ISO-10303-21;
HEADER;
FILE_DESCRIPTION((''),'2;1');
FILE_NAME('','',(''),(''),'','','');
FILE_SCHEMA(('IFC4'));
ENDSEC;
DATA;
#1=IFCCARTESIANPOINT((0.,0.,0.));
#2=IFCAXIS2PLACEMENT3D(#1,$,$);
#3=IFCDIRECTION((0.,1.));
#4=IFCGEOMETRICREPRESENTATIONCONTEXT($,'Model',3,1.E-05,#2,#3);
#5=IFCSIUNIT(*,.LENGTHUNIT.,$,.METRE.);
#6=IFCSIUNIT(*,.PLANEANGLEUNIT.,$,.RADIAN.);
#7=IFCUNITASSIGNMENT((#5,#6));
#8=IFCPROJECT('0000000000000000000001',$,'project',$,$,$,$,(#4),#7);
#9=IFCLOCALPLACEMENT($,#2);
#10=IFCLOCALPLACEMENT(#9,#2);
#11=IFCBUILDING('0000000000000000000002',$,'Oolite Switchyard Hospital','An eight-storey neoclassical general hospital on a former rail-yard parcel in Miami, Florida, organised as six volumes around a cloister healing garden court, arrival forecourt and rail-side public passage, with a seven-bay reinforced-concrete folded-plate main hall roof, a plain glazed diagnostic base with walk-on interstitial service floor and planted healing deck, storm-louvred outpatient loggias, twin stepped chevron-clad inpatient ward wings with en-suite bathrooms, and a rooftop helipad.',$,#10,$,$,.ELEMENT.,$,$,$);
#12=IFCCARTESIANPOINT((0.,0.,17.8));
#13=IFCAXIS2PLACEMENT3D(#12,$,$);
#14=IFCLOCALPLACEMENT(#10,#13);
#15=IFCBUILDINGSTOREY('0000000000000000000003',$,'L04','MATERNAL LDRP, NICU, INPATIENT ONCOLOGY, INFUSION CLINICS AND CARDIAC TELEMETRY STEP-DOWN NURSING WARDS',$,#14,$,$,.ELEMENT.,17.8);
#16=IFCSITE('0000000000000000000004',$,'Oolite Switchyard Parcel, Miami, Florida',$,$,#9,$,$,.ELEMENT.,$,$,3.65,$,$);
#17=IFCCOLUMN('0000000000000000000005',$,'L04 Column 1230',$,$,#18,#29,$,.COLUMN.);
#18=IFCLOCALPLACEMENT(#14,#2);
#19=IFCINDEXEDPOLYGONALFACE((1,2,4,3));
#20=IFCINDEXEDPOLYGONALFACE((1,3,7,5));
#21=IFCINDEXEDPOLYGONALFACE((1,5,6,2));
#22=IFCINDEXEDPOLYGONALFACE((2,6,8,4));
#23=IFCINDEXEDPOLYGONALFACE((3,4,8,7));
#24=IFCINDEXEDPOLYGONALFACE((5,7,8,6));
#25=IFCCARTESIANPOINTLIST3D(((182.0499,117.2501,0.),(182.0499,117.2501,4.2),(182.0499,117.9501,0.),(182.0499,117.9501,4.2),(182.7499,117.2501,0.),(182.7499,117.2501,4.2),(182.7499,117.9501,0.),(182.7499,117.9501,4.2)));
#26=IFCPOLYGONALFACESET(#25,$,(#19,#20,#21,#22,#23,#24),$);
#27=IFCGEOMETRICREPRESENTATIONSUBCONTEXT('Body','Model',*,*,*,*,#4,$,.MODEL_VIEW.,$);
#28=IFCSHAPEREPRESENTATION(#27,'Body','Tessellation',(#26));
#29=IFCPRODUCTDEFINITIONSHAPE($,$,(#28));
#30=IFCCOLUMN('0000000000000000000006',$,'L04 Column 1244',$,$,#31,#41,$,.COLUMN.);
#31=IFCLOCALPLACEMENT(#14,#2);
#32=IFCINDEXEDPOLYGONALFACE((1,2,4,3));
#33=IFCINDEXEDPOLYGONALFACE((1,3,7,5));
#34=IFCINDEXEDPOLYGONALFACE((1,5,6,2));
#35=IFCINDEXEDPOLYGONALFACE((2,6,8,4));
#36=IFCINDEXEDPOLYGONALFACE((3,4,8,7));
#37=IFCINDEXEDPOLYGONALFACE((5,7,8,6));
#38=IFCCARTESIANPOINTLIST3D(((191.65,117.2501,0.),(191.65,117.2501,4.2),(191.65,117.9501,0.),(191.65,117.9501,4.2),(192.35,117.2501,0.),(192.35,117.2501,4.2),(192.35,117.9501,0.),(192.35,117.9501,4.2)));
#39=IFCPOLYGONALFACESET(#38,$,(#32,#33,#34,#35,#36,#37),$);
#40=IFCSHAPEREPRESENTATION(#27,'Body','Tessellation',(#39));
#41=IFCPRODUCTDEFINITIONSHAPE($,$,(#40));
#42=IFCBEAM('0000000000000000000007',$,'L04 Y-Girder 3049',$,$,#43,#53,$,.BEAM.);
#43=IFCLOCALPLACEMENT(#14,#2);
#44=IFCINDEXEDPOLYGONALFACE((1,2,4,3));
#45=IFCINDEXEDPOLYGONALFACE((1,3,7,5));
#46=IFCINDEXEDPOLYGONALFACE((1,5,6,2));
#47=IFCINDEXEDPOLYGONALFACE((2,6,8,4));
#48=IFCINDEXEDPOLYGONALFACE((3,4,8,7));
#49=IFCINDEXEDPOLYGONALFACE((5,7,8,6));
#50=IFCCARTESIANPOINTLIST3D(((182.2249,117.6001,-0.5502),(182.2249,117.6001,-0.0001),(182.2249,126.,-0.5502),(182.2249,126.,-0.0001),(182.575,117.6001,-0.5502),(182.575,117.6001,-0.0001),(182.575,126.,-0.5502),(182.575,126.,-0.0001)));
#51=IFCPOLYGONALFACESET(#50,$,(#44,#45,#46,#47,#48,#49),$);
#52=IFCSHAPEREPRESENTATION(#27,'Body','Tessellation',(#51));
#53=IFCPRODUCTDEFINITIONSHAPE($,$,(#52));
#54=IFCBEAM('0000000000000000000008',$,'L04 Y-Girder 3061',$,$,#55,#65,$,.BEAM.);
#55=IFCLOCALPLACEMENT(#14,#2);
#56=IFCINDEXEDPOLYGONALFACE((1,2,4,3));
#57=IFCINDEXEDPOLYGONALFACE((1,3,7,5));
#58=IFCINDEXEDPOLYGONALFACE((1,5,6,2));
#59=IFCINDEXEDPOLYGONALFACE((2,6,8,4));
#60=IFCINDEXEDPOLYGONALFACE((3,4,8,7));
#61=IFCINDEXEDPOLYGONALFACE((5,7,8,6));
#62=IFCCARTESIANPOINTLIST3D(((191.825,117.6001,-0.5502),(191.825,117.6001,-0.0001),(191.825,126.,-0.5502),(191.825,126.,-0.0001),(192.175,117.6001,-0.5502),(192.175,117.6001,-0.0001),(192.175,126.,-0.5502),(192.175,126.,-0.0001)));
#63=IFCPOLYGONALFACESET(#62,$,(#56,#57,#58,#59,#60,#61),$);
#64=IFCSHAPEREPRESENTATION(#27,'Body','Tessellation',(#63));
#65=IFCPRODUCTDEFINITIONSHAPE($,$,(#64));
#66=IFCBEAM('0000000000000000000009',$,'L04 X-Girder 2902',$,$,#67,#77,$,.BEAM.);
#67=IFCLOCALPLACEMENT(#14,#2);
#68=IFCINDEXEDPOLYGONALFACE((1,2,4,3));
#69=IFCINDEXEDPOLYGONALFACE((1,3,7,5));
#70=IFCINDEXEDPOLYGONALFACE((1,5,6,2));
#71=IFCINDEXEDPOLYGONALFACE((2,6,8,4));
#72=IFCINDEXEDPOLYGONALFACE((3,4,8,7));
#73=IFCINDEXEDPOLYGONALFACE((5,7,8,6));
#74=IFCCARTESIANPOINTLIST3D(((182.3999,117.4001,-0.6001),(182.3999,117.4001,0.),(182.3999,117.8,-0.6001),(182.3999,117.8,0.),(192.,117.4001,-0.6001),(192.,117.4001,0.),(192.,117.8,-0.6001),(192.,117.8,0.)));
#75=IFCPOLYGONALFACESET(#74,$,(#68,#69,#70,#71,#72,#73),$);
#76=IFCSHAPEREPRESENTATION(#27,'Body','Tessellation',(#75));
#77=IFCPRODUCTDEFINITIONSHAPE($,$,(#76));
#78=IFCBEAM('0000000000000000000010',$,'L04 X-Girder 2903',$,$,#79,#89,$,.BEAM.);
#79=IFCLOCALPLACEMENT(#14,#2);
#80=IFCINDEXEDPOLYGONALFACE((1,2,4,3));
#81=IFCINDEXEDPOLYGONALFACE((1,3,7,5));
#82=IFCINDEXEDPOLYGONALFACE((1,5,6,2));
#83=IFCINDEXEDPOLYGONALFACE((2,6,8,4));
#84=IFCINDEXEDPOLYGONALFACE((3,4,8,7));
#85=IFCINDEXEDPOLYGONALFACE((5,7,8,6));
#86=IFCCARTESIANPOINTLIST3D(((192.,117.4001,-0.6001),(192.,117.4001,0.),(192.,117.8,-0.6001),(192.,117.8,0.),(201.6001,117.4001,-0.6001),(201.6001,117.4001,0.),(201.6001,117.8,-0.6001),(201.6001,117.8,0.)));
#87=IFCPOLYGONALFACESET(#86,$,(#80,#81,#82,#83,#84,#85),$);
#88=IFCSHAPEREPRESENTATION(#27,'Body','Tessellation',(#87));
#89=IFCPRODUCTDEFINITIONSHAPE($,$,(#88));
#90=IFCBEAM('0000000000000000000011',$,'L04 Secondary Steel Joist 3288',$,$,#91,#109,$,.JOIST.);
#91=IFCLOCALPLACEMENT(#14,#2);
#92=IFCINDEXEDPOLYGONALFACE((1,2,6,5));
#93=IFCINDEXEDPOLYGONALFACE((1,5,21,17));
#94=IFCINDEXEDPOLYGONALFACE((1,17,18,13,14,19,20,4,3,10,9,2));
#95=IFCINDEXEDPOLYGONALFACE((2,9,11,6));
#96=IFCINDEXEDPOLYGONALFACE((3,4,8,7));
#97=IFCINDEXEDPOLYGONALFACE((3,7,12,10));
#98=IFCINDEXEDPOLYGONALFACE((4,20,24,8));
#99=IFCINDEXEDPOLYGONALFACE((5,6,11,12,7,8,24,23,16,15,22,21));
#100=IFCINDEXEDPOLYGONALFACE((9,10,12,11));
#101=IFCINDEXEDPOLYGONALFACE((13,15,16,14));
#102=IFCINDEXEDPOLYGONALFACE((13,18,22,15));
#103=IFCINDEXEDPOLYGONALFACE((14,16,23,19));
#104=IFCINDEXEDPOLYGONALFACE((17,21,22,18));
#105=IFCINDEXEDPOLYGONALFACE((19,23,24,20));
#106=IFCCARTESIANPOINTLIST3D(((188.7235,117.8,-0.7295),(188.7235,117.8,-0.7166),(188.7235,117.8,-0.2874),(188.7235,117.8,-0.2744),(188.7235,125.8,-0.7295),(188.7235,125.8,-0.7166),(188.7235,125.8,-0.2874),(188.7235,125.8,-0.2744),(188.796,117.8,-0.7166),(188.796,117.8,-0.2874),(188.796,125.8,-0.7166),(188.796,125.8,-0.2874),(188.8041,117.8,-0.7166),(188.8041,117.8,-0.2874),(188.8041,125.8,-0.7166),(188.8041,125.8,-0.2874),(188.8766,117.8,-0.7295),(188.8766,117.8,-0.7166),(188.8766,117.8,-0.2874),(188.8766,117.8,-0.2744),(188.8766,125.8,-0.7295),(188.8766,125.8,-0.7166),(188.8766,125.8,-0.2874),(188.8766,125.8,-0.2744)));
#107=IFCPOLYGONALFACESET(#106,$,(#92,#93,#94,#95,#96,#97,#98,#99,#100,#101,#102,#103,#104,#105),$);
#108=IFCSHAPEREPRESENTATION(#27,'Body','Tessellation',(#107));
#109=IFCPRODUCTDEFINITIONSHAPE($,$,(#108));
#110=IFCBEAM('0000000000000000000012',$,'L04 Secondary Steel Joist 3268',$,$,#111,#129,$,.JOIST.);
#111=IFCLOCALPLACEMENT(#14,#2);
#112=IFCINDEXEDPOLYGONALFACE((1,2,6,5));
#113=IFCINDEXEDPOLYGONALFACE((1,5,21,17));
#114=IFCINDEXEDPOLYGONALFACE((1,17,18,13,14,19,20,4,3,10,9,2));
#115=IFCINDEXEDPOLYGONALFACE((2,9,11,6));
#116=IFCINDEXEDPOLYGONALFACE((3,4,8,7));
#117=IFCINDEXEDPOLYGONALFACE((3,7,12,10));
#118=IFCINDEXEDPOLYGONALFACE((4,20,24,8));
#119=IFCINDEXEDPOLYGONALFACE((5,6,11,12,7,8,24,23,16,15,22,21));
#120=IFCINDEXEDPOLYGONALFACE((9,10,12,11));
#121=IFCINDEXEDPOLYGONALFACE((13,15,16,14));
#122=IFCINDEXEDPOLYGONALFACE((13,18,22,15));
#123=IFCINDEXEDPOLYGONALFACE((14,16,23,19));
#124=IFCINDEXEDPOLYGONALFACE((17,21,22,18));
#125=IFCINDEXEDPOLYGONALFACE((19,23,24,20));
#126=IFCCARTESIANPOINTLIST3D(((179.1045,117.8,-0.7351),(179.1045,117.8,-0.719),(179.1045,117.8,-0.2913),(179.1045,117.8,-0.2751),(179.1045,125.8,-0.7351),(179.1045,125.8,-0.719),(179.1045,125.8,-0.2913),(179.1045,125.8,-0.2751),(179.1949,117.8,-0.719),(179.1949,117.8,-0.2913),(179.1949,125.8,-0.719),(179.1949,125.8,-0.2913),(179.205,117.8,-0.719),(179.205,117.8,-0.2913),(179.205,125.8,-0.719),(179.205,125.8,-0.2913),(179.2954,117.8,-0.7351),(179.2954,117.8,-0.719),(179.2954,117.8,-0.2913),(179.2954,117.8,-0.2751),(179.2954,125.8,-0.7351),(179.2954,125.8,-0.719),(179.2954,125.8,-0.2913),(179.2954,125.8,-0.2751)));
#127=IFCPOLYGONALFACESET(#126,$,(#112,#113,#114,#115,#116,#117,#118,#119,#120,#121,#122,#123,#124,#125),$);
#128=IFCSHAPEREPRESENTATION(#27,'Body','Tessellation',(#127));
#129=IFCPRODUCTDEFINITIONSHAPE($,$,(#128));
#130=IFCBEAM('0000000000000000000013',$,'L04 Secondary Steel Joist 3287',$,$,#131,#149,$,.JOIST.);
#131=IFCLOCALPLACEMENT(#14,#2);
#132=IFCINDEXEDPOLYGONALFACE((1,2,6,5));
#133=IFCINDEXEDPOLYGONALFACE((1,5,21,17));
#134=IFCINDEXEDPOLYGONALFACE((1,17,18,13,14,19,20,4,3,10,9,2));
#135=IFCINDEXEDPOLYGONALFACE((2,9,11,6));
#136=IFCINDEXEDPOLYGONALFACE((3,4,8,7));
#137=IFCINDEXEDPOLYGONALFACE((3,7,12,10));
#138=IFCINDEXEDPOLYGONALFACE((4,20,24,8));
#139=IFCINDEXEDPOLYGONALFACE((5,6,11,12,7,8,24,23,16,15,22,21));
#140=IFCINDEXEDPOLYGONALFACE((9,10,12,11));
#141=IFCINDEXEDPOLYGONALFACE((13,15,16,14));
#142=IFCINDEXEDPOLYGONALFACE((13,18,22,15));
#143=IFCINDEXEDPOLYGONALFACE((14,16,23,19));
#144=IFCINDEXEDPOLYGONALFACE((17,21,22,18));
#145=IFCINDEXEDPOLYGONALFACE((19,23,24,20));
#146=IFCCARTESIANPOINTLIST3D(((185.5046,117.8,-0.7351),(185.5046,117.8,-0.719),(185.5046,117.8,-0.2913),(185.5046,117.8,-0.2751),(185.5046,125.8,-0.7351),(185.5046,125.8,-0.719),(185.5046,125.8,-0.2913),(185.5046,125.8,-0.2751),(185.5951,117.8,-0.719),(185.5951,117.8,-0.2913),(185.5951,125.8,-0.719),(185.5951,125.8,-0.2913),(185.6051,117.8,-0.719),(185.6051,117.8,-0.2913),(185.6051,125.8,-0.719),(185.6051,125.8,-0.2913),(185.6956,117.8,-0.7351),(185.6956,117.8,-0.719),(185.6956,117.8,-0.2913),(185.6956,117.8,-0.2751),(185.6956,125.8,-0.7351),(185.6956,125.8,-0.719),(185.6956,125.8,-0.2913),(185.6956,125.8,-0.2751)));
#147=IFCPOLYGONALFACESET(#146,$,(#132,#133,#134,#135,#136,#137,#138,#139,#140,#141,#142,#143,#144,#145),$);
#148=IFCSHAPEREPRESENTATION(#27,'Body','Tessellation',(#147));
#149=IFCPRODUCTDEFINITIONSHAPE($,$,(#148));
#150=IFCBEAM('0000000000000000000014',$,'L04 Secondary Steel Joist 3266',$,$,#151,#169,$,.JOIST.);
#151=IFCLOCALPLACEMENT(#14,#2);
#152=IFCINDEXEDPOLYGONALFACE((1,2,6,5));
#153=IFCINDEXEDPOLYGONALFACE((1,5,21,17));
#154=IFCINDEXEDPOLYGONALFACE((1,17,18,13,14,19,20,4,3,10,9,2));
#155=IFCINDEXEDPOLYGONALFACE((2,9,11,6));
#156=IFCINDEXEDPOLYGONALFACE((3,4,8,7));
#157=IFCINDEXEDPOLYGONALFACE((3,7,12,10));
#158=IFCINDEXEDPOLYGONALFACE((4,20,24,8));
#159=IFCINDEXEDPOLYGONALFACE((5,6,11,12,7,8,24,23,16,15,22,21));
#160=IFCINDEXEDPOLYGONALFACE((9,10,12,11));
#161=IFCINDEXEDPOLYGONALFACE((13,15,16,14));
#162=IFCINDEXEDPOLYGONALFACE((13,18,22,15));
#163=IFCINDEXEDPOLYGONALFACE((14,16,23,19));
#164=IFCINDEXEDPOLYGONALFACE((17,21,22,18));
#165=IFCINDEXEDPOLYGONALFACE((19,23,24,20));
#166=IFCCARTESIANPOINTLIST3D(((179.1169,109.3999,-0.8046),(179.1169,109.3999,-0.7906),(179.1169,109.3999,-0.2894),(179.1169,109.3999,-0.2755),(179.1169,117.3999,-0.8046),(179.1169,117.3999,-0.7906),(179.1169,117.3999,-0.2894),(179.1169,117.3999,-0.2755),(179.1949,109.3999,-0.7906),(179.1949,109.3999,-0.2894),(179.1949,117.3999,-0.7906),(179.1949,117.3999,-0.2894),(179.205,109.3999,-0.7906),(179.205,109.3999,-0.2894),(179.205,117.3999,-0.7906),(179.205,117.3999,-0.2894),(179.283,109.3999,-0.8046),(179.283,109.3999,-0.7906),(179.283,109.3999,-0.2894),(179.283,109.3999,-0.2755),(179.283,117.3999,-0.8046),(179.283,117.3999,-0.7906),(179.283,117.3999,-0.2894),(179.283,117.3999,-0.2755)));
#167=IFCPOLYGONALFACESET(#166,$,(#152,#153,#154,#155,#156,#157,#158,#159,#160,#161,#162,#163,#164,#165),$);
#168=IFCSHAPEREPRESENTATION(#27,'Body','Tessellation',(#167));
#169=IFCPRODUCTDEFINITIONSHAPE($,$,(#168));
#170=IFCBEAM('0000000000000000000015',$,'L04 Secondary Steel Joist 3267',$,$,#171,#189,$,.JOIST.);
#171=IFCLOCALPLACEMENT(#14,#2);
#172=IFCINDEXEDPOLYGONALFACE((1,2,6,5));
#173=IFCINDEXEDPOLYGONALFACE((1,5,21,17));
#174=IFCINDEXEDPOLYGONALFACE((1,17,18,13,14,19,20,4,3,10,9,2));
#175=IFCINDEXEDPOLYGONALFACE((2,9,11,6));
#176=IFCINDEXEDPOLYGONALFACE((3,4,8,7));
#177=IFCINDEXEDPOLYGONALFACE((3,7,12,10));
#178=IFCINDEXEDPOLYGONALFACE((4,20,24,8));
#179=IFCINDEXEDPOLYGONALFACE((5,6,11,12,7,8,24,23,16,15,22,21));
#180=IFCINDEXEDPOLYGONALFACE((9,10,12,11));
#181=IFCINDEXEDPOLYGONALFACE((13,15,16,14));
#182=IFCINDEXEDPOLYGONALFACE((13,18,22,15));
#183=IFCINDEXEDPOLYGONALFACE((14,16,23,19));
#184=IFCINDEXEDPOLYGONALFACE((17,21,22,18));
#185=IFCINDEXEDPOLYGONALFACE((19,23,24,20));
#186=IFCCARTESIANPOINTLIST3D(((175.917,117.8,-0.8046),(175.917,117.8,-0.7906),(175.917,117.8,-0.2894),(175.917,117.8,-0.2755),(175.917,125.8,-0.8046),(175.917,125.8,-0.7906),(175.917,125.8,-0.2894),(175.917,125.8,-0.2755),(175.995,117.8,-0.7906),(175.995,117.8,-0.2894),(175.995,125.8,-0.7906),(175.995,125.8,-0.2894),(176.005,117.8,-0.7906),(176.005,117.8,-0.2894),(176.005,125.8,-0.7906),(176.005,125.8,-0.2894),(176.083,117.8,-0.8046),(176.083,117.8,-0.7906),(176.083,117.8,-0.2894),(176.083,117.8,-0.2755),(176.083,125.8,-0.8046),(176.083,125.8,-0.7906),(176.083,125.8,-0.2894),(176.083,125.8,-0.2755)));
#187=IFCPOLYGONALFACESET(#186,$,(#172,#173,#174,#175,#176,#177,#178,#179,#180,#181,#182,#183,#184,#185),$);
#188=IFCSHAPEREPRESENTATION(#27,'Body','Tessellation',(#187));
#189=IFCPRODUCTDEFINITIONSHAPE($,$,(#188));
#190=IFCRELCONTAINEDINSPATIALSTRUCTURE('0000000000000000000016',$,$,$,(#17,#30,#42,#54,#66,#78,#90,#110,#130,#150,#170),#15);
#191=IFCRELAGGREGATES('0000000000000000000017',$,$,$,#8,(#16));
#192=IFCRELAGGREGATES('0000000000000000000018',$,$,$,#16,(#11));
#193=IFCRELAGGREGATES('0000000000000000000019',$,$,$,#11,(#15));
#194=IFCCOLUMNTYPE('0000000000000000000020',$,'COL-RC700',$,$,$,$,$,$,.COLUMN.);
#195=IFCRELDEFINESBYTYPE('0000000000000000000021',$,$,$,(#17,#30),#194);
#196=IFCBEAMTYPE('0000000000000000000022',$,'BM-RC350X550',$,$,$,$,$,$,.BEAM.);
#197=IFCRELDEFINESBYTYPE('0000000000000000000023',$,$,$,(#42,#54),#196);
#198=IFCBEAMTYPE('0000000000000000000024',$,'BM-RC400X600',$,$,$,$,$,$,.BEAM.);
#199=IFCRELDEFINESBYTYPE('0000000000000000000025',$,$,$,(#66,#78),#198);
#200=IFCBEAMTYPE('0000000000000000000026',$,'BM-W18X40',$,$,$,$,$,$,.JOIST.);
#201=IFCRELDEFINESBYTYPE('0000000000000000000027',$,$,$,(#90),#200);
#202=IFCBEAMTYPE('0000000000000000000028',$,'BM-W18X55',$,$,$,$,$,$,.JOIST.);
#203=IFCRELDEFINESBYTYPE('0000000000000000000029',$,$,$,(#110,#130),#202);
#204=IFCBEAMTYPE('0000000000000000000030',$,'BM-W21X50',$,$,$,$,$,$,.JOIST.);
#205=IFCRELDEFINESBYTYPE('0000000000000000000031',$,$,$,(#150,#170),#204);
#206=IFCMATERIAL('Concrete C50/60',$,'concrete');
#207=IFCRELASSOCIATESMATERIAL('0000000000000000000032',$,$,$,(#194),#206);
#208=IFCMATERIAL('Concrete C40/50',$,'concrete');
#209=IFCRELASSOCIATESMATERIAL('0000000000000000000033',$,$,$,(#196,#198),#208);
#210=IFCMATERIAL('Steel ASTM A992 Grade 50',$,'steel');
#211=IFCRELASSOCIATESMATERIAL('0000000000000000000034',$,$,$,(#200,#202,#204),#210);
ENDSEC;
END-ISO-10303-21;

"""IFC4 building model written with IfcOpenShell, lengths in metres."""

from ifc_helpers import new_model, si_unit, direction, frame, origin, origin_2d, place, context, subcontext, project, spatial, rectangle, i_section, extrude, material, material_profile, profile_set, type_object, element, save


model = new_model("IFC4")

# Units and contexts
model_context = context("Model", 3, precision=1e-05, world=origin(), true_north=direction((0.0, 1.0)))
body_context = subcontext(model_context, "Body", "Model", "MODEL_VIEW")
ifc_project = project(units=[si_unit("LENGTHUNIT", "METRE"), si_unit("PLANEANGLEUNIT", "RADIAN")], contexts=[model_context])

# Site, building, storey
site_placement = place(None, origin())
site = spatial("IfcSite", under=ifc_project, at=site_placement, Name="Oolite Switchyard Parcel, Miami, Florida", CompositionType="ELEMENT", RefElevation=3.65)
building_placement = place(site_placement, origin())
building = spatial("IfcBuilding", under=site, at=building_placement, Name="Oolite Switchyard Hospital", Description="An eight-storey neoclassical general hospital on a former rail-yard parcel in Miami, Florida, organised as six volumes around a cloister healing garden court, arrival forecourt and rail-side public passage, with a seven-bay reinforced-concrete folded-plate main hall roof, a plain glazed diagnostic base with walk-on interstitial service floor and planted healing deck, storm-louvred outpatient loggias, twin stepped chevron-clad inpatient ward wings with en-suite bathrooms, and a rooftop helipad.", CompositionType="ELEMENT")
storey_placement = place(building_placement, frame((0.0, 0.0, 17.8)))
storey = spatial("IfcBuildingStorey", under=building, at=storey_placement, Name="L04", Description="MATERNAL LDRP, NICU, INPATIENT ONCOLOGY, INFUSION CLINICS AND CARDIAC TELEMETRY STEP-DOWN NURSING WARDS", CompositionType="ELEMENT", Elevation=17.8)

# Columns
ifc_material_1 = material(Name="Concrete C50/60", Category="concrete")
ifc_material_profile_1 = material_profile(ifc_material_1, rectangle(XDim=0.7, YDim=0.7, at=origin_2d()), Name="RC700X700")
ifc_profile_set_1 = profile_set([ifc_material_profile_1], Name="Concrete C50/60")
column_type = type_object("IfcColumnType", Name="COL-RC700", PredefinedType="COLUMN", material=ifc_profile_set_1)
for number, where, z_axis, x_axis, name in (
    (1, (182.3999, 117.6001, 0.0), (0.0, 0.0, 1.0), (1.0, 0.0, 0.0), "L04 Column 1230"),
    (2, (192.0, 117.6001, 0.0), (0.0, 0.0, 1.0), (1.0, 0.0, 0.0), "L04 Column 1244"),
):
    element("IfcColumn", number, at=place(storey_placement, frame(where, z_axis=z_axis, x_axis=x_axis)), inside=storey, type_object=column_type, Name=name, PredefinedType="COLUMN", context=body_context, shape_type="SweptSolid", body=[
        extrude(rectangle(XDim=0.7, YDim=0.7, at=origin_2d()), origin(), (0.0, 0.0, 1.0), 4.2),
    ])

# Beams
ifc_material_2 = material(Name="Concrete C40/50", Category="concrete")
ifc_material_profile_2 = material_profile(ifc_material_2, rectangle(XDim=0.3501, YDim=0.55, at=origin_2d()), Name="RCB350X550")
ifc_profile_set_2 = profile_set([ifc_material_profile_2], Name="Concrete C40/50")
beam_type_1 = type_object("IfcBeamType", Name="BM-RC350X550", PredefinedType="BEAM", material=ifc_profile_set_2)
for number, where, z_axis, x_axis, name in (
    (3, (182.3999, 117.6001, -0.2751), (0.0, 1.0, 0.0), (-1.0, 0.0, 0.0), "L04 Y-Girder 3049"),
    (4, (192.0, 117.6001, -0.2751), (0.0, 1.0, 0.0), (-1.0, 0.0, 0.0), "L04 Y-Girder 3061"),
):
    element("IfcBeam", number, at=place(storey_placement, frame(where, z_axis=z_axis, x_axis=x_axis)), inside=storey, type_object=beam_type_1, Name=name, PredefinedType="BEAM", context=body_context, shape_type="SweptSolid", body=[
        extrude(rectangle(XDim=0.3501, YDim=0.55, at=origin_2d()), origin(), (0.0, 0.0, 1.0), 8.3999),
    ])
ifc_material_profile_3 = material_profile(ifc_material_2, rectangle(XDim=0.3999, YDim=0.6001, at=origin_2d()), Name="RCB400X600")
ifc_profile_set_3 = profile_set([ifc_material_profile_3], Name="Concrete C40/50")
beam_type_2 = type_object("IfcBeamType", Name="BM-RC400X600", PredefinedType="BEAM", material=ifc_profile_set_3)
for number, where, z_axis, x_axis, name in (
    (5, (182.3999, 117.6001, -0.3), (1.0, 0.0, 0.0), (0.0, 1.0, 0.0), "L04 X-Girder 2902"),
    (6, (192.0, 117.6001, -0.3), (1.0, 0.0, 0.0), (0.0, 1.0, 0.0), "L04 X-Girder 2903"),
):
    element("IfcBeam", number, at=place(storey_placement, frame(where, z_axis=z_axis, x_axis=x_axis)), inside=storey, type_object=beam_type_2, Name=name, PredefinedType="BEAM", context=body_context, shape_type="SweptSolid", body=[
        extrude(rectangle(XDim=0.3999, YDim=0.6001, at=origin_2d()), origin(), (0.0, 0.0, 1.0), 9.6001),
    ])
ifc_material_3 = material(Name="Steel ASTM A992 Grade 50", Category="steel")
ifc_material_profile_4 = material_profile(ifc_material_3, i_section(OverallWidth=0.1531, OverallDepth=0.4551, WebThickness=0.0081, FlangeThickness=0.0129, at=origin_2d()), Name="W18X40")
ifc_profile_set_4 = profile_set([ifc_material_profile_4], Name="Steel ASTM A992 Grade 50")
beam_type_3 = type_object("IfcBeamType", Name="BM-W18X40", PredefinedType="JOIST", material=ifc_profile_set_4)
beam_placement = place(storey_placement, frame((188.8, 117.8, -0.502), z_axis=(0.0, 1.0, 0.0), x_axis=(-1.0, 0.0, 0.0)))
element("IfcBeam", 7, at=beam_placement, inside=storey, type_object=beam_type_3, Name="L04 Secondary Steel Joist 3288", PredefinedType="JOIST", context=body_context, shape_type="SweptSolid", body=[
    extrude(i_section(OverallWidth=0.1531, OverallDepth=0.4551, WebThickness=0.0081, FlangeThickness=0.0129, at=origin_2d()), origin(), (0.0, 0.0, 1.0), 8.0),
])
ifc_material_profile_5 = material_profile(ifc_material_3, i_section(OverallWidth=0.1909, OverallDepth=0.46, WebThickness=0.01, FlangeThickness=0.0161, at=origin_2d()), Name="W18X55")
ifc_profile_set_5 = profile_set([ifc_material_profile_5], Name="Steel ASTM A992 Grade 50")
beam_type_4 = type_object("IfcBeamType", Name="BM-W18X55", PredefinedType="JOIST", material=ifc_profile_set_5)
for number, where, z_axis, x_axis, name in (
    (8, (179.2, 117.8, -0.5051), (0.0, 1.0, 0.0), (-1.0, 0.0, 0.0), "L04 Secondary Steel Joist 3268"),
    (9, (185.6001, 117.8, -0.5051), (0.0, 1.0, 0.0), (-1.0, 0.0, 0.0), "L04 Secondary Steel Joist 3287"),
):
    element("IfcBeam", number, at=place(storey_placement, frame(where, z_axis=z_axis, x_axis=x_axis)), inside=storey, type_object=beam_type_4, Name=name, PredefinedType="JOIST", context=body_context, shape_type="SweptSolid", body=[
        extrude(i_section(OverallWidth=0.1909, OverallDepth=0.46, WebThickness=0.01, FlangeThickness=0.0161, at=origin_2d()), origin(), (0.0, 0.0, 1.0), 8.0),
    ])
ifc_material_profile_6 = material_profile(ifc_material_3, i_section(OverallWidth=0.166, OverallDepth=0.5291, WebThickness=0.01, FlangeThickness=0.0139, at=origin_2d()), Name="W21X50")
ifc_profile_set_6 = profile_set([ifc_material_profile_6], Name="Steel ASTM A992 Grade 50")
beam_type_5 = type_object("IfcBeamType", Name="BM-W21X50", PredefinedType="JOIST", material=ifc_profile_set_6)
for number, where, z_axis, x_axis, name in (
    (10, (179.2, 109.3999, -0.54), (0.0, 1.0, 0.0), (-1.0, 0.0, 0.0), "L04 Secondary Steel Joist 3266"),
    (11, (176.0, 117.8, -0.54), (0.0, 1.0, 0.0), (-1.0, 0.0, 0.0), "L04 Secondary Steel Joist 3267"),
):
    element("IfcBeam", number, at=place(storey_placement, frame(where, z_axis=z_axis, x_axis=x_axis)), inside=storey, type_object=beam_type_5, Name=name, PredefinedType="JOIST", context=body_context, shape_type="SweptSolid", body=[
        extrude(i_section(OverallWidth=0.166, OverallDepth=0.5291, WebThickness=0.01, FlangeThickness=0.0139, at=origin_2d()), origin(), (0.0, 0.0, 1.0), 8.0),
    ])

save(model, "model.ifc")
